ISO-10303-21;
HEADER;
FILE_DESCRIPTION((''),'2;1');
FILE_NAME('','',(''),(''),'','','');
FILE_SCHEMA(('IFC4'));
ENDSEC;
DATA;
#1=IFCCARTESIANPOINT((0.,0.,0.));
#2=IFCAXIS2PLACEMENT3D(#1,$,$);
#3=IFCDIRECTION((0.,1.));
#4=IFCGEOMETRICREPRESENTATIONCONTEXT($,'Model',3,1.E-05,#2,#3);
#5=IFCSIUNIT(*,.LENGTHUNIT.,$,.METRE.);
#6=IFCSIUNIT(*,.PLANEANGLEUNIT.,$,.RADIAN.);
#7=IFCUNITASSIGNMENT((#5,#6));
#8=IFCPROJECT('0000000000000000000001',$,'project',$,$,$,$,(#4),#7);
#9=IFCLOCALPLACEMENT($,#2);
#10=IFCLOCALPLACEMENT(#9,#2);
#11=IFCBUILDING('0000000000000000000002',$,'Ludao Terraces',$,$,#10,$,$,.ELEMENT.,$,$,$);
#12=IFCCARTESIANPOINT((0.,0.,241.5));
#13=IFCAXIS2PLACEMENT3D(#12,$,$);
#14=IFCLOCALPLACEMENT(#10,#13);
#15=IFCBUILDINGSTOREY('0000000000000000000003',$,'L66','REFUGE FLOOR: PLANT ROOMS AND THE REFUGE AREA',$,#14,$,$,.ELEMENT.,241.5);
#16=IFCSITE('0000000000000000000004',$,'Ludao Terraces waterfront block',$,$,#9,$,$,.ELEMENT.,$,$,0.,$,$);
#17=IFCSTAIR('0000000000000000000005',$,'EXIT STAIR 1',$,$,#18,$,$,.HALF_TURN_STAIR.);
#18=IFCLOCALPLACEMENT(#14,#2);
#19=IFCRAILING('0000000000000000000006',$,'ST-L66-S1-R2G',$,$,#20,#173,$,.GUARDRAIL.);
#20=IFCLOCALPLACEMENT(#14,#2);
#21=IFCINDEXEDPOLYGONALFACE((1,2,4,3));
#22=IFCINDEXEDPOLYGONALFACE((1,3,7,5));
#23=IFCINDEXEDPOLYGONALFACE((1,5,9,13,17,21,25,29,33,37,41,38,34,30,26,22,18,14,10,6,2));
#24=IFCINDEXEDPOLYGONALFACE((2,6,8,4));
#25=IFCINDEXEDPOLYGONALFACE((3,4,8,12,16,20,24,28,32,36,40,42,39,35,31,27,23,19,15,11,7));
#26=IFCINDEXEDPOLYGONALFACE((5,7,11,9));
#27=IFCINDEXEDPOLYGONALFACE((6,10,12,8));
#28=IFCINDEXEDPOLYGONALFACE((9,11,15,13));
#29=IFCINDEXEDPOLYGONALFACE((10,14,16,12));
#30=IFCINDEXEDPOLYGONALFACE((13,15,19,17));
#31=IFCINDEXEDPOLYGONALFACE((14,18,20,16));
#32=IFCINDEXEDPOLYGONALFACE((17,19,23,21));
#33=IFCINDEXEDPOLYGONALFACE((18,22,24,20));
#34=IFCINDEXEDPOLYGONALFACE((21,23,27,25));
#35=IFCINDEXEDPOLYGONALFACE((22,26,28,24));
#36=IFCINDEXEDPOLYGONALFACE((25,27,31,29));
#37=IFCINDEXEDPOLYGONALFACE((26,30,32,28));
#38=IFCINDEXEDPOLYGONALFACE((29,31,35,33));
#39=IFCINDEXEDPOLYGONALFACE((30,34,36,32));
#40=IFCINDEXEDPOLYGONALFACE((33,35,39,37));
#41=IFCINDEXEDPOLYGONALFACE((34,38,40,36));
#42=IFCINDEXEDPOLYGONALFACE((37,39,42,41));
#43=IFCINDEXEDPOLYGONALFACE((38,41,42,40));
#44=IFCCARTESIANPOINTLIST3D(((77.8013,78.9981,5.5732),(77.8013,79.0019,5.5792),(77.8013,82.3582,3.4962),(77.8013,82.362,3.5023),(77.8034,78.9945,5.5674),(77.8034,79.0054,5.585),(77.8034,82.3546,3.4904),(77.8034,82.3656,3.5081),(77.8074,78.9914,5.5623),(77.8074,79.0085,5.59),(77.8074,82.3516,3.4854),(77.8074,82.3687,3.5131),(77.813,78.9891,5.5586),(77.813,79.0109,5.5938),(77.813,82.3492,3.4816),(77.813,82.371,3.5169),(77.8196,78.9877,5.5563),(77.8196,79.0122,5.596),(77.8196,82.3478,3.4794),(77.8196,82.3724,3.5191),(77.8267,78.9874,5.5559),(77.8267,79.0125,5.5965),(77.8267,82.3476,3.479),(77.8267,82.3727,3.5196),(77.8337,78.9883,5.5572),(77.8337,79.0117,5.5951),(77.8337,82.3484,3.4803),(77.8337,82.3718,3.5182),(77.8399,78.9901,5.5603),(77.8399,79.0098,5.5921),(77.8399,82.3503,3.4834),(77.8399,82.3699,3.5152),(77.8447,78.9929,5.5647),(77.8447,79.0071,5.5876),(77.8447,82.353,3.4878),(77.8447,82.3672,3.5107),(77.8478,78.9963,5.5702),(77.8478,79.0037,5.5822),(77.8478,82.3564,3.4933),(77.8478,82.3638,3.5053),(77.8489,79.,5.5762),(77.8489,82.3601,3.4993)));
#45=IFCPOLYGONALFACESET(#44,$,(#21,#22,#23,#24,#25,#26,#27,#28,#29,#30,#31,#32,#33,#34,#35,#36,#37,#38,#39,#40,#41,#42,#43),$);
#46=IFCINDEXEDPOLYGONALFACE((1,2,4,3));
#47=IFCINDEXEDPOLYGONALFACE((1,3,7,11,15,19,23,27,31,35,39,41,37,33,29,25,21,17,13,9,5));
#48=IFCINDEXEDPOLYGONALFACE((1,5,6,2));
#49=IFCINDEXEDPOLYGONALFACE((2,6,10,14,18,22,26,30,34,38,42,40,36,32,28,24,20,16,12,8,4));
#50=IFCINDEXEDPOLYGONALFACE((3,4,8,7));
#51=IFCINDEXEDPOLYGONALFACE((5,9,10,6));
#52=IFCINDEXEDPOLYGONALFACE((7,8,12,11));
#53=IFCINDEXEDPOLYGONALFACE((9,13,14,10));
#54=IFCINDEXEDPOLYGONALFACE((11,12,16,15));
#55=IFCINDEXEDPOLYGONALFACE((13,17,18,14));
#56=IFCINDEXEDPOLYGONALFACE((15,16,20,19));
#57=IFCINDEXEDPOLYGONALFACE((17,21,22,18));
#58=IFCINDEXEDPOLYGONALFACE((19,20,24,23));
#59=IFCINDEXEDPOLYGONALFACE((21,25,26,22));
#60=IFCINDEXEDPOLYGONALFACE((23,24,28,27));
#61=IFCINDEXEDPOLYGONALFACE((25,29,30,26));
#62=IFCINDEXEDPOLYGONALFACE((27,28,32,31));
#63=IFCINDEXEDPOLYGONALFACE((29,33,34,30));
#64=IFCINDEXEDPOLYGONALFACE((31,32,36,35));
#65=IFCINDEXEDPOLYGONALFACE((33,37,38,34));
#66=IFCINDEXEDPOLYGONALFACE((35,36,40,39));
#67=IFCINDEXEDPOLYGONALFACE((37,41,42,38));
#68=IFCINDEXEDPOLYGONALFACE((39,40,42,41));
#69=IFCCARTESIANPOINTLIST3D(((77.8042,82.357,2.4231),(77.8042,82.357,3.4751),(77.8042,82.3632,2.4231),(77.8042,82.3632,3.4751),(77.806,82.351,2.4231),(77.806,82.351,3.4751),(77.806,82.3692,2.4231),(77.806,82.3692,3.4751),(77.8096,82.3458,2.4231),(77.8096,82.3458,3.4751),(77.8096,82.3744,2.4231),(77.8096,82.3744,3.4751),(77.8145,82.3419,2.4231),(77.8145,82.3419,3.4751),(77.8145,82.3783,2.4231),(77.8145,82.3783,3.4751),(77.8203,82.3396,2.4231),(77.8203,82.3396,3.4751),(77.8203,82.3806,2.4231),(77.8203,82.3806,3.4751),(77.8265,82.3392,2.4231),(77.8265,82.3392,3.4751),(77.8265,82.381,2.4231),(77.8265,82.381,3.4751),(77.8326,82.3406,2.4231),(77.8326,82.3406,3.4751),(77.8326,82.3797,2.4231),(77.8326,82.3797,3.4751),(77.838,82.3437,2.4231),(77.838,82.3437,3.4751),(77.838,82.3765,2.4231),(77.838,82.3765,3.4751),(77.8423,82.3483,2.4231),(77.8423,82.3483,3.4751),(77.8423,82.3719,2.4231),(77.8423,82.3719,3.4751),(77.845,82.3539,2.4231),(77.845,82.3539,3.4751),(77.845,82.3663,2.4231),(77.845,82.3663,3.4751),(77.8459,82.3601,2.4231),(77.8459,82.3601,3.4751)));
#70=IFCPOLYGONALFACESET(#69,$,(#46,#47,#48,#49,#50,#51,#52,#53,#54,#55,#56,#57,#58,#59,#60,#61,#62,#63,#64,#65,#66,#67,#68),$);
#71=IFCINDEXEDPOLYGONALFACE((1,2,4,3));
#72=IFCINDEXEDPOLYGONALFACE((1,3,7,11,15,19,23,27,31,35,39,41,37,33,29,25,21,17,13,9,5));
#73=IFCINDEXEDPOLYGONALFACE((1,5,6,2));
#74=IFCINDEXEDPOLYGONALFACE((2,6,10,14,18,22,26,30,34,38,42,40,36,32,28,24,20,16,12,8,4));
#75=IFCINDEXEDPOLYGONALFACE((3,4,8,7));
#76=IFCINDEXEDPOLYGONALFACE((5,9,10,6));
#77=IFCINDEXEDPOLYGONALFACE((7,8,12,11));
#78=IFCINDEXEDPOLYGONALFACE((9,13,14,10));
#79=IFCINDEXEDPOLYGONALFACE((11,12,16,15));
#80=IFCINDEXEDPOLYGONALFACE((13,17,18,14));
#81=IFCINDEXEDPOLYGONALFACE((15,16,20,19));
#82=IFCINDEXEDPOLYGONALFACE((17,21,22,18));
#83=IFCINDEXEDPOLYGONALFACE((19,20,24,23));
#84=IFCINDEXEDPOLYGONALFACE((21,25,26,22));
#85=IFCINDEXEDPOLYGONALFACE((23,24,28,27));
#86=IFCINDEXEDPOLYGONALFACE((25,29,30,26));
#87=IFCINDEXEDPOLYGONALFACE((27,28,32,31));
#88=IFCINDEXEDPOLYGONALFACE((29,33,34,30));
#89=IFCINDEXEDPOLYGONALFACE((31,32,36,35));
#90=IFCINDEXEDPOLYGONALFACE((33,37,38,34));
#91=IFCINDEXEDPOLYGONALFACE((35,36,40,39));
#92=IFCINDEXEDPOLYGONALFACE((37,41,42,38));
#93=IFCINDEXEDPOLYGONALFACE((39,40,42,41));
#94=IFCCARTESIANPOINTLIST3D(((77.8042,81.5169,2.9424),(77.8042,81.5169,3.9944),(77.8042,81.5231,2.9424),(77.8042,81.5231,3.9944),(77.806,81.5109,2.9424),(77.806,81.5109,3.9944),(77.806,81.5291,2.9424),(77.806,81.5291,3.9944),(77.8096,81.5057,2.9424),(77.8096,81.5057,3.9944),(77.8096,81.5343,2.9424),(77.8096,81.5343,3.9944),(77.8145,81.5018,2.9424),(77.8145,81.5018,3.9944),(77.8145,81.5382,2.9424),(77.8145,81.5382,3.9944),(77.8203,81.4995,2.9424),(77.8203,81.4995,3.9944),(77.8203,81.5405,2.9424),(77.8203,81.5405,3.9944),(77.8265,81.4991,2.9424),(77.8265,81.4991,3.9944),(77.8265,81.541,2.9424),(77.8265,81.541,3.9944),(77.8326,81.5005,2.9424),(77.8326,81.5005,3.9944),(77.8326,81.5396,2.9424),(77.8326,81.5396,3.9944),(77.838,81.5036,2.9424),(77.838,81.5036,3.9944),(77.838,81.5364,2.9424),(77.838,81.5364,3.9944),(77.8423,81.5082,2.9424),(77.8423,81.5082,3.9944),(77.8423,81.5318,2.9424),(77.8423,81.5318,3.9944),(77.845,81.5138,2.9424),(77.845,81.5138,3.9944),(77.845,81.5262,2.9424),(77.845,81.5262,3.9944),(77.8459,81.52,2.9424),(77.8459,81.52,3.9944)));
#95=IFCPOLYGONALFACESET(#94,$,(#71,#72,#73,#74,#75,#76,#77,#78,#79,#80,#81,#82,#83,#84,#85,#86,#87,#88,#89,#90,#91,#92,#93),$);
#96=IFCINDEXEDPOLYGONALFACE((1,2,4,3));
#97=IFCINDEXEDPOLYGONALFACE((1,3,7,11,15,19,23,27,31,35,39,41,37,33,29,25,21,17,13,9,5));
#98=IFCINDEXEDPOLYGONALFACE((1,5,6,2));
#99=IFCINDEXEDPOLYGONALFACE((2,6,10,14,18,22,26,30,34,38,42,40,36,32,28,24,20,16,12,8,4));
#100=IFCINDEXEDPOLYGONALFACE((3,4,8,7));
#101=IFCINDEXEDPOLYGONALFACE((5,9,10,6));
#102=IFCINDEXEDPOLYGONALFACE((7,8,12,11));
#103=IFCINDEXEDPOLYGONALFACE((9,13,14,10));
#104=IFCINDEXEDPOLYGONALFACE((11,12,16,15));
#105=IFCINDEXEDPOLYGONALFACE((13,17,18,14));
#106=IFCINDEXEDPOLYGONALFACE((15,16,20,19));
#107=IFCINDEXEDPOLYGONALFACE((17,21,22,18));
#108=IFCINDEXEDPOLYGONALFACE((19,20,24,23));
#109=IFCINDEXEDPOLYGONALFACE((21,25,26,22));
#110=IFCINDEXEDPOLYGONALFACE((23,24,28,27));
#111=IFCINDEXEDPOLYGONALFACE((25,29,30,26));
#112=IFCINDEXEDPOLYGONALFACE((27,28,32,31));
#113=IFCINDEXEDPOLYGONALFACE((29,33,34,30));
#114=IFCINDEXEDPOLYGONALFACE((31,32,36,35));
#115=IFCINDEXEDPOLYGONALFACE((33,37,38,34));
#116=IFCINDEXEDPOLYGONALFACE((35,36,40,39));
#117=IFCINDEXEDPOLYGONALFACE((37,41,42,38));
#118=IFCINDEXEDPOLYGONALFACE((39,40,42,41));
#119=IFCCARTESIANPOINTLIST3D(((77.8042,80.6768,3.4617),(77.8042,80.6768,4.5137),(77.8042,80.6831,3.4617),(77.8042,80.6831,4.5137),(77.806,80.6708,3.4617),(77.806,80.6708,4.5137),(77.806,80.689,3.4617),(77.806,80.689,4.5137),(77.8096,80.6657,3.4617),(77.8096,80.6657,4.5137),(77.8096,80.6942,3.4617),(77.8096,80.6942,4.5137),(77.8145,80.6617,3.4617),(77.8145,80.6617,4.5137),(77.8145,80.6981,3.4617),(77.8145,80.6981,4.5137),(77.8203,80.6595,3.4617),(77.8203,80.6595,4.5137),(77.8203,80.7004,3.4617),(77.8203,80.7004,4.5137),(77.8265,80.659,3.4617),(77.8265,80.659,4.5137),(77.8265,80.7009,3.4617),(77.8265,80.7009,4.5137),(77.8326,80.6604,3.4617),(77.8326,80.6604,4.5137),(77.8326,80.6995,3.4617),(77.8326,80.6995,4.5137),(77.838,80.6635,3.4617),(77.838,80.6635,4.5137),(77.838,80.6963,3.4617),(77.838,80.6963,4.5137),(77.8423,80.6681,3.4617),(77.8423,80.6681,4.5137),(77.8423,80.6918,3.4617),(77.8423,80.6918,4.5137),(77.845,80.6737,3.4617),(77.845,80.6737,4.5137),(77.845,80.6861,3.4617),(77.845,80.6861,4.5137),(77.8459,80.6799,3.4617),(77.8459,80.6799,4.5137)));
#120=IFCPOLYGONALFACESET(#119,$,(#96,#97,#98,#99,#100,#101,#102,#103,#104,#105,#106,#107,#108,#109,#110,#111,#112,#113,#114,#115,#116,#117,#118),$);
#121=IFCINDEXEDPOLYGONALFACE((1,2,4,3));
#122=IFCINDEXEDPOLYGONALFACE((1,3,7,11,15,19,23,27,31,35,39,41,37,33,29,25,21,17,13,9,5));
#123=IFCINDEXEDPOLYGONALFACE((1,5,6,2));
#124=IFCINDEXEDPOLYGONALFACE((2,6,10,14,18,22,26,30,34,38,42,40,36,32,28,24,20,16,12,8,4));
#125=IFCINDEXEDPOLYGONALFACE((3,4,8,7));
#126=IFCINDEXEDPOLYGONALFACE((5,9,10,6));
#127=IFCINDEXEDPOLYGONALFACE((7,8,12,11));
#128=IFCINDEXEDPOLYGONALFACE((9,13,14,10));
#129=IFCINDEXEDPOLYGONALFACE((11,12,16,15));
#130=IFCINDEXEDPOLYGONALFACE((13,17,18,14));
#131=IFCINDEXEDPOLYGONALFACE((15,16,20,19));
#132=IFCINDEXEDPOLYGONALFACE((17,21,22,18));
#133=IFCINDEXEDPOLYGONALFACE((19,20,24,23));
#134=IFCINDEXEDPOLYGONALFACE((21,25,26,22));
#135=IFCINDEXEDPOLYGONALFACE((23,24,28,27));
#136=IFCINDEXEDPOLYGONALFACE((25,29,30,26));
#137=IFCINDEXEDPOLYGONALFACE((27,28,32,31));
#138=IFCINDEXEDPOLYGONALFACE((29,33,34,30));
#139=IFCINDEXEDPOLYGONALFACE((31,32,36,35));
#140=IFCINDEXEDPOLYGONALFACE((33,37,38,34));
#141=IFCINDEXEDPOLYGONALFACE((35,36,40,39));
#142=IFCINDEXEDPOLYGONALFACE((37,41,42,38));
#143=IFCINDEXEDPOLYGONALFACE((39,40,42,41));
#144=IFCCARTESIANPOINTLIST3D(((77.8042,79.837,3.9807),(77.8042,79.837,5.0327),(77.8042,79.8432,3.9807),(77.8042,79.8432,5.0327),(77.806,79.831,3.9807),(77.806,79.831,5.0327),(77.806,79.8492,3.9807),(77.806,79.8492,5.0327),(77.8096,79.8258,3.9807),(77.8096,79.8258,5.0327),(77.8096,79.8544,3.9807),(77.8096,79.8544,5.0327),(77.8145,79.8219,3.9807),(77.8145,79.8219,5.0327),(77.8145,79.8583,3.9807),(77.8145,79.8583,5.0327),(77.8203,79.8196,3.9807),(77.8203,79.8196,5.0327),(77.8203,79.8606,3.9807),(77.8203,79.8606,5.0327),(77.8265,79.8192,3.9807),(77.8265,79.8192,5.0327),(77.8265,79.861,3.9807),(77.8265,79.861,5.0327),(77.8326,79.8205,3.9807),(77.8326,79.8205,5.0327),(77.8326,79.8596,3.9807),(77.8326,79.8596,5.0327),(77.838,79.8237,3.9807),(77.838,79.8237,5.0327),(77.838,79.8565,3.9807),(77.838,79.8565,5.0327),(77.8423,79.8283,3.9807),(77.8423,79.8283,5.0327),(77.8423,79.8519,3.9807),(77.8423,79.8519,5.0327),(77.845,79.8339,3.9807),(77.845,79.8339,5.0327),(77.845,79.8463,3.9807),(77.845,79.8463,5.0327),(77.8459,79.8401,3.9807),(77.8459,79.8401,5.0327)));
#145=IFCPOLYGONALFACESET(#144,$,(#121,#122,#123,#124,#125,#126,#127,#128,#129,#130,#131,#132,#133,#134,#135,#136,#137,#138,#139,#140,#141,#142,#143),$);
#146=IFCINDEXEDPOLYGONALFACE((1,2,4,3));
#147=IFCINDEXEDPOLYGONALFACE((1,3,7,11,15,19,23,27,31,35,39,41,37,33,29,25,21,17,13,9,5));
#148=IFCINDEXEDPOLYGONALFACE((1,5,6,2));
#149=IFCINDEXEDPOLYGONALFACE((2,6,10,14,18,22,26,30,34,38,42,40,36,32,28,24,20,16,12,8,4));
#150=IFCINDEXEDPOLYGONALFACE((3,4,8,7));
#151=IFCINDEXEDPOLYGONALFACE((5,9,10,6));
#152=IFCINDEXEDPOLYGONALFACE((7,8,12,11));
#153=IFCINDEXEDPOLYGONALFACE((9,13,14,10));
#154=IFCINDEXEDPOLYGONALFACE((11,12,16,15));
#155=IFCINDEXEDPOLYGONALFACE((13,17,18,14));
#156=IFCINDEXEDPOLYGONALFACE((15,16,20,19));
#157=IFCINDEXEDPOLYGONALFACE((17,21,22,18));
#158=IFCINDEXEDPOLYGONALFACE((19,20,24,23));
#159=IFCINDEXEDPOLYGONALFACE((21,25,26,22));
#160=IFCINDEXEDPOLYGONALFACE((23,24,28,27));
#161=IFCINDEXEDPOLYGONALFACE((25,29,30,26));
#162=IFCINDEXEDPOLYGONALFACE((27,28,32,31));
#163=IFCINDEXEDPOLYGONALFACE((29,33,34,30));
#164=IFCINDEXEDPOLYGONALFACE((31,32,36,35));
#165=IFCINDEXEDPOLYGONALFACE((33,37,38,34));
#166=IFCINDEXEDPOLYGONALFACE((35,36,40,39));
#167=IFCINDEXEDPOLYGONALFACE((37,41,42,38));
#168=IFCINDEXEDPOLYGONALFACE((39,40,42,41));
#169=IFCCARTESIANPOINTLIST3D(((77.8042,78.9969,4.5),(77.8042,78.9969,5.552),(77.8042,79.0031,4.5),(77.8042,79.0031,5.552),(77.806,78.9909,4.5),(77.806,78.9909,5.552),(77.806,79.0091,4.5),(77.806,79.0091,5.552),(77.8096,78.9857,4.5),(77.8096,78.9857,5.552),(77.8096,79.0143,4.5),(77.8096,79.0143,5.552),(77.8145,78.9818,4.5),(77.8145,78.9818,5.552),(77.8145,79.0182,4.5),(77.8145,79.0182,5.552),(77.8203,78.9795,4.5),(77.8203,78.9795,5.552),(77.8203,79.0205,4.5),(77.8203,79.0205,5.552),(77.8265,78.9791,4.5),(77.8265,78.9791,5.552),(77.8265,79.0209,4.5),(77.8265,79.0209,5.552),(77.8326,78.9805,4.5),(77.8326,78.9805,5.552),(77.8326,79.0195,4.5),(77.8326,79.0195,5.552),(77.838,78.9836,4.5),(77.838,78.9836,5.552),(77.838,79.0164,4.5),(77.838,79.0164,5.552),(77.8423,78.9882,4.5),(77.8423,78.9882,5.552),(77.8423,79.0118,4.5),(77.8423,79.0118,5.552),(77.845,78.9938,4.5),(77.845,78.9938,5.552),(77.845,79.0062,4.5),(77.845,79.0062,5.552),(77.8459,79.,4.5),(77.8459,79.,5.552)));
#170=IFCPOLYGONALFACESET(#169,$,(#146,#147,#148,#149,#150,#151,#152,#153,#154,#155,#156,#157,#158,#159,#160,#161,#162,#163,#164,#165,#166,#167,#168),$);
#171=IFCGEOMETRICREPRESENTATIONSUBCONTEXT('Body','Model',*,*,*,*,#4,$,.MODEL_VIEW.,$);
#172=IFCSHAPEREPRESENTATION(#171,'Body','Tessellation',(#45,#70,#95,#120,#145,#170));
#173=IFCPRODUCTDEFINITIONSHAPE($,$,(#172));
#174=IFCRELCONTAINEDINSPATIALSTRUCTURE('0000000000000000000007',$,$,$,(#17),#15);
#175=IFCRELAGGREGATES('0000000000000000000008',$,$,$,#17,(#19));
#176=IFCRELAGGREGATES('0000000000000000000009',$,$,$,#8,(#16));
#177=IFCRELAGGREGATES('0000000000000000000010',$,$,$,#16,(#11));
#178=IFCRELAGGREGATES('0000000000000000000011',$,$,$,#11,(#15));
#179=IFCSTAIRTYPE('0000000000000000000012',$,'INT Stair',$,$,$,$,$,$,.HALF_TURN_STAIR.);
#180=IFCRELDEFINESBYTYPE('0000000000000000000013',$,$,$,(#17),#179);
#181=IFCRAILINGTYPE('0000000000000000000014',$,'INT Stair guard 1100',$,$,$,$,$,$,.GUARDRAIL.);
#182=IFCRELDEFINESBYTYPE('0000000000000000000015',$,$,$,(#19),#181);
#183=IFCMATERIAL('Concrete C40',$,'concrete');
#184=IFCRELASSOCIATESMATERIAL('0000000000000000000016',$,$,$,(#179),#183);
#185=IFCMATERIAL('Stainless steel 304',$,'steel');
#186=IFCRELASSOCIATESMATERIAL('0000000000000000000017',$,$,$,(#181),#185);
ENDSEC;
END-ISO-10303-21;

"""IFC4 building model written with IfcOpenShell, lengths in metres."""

from ifc_helpers import new_model, si_unit, direction, frame, origin, origin_2d, place, context, subcontext, project, spatial, circle, extrude, material, type_object, element, aggregate, save


model = new_model("IFC4")

# Units and contexts
model_context = context("Model", 3, precision=1e-05, world=origin(), true_north=direction((0.0, 1.0)))
body_context = subcontext(model_context, "Body", "Model", "MODEL_VIEW")
ifc_project = project(units=[si_unit("LENGTHUNIT", "METRE"), si_unit("PLANEANGLEUNIT", "RADIAN")], contexts=[model_context])

# Site, building, storey
site_placement = place(None, origin())
site = spatial("IfcSite", under=ifc_project, at=site_placement, Name="Ludao Terraces waterfront block", CompositionType="ELEMENT", RefElevation=0.0)
building_placement = place(site_placement, origin())
building = spatial("IfcBuilding", under=site, at=building_placement, Name="Ludao Terraces", CompositionType="ELEMENT")
storey_placement = place(building_placement, frame((0.0, 0.0, 241.5)))
storey = spatial("IfcBuildingStorey", under=building, at=storey_placement, Name="L66", Description="REFUGE FLOOR: PLANT ROOMS AND THE REFUGE AREA", CompositionType="ELEMENT", Elevation=241.5)

# Shared definitions
ifc_material_1 = material(Name="Stainless steel 304", Category="steel")

# Stair, railing
ifc_material_2 = material(Name="Concrete C40", Category="concrete")
stair_type = type_object("IfcStairType", Name="INT Stair", PredefinedType="HALF_TURN_STAIR", material=ifc_material_2)
stair_placement = place(storey_placement, origin())
stair = element("IfcStair", 1, at=stair_placement, inside=storey, type_object=stair_type, Name="EXIT STAIR 1", PredefinedType="HALF_TURN_STAIR")
railing_type_1 = type_object("IfcRailingType", Name="INT Stair guard 1100", PredefinedType="GUARDRAIL", material=ifc_material_1)
railing_1_placement = place(storey_placement, frame((77.825, 82.3601, 2.4231)))
railing_1 = element("IfcRailing", 2, at=railing_1_placement, type_object=railing_type_1, Name="ST-L66-S1-R2G", PredefinedType="GUARDRAIL", context=body_context, shape_type="SweptSolid", body=[
    extrude(circle(Radius=0.0239, at=origin_2d()), frame((0.0, 0.0, 1.0762), z_axis=(0.0, -0.850623, 0.525776), x_axis=(1.0, 0.0, 0.0)), (0.0, 0.0, 1.0), 3.9502),
    extrude(circle(Radius=0.021, at=origin_2d()), origin(), (0.0, 0.0, 1.0), 1.052),
    extrude(circle(Radius=0.021, at=origin_2d()), frame((0.0, -0.8401, 0.5193)), (0.0, 0.0, 1.0), 1.052),
    extrude(circle(Radius=0.021, at=origin_2d()), frame((0.0, -1.6802, 1.0386)), (0.0, 0.0, 1.0), 1.052),
    extrude(circle(Radius=0.021, at=origin_2d()), frame((0.0, -2.52, 1.5576)), (0.0, 0.0, 1.0), 1.052),
    extrude(circle(Radius=0.021, at=origin_2d()), frame((0.0, -3.3601, 2.0769)), (0.0, 0.0, 1.0), 1.052),
])
aggregate(stair, [railing_1])

save(model, "model.ifc")
